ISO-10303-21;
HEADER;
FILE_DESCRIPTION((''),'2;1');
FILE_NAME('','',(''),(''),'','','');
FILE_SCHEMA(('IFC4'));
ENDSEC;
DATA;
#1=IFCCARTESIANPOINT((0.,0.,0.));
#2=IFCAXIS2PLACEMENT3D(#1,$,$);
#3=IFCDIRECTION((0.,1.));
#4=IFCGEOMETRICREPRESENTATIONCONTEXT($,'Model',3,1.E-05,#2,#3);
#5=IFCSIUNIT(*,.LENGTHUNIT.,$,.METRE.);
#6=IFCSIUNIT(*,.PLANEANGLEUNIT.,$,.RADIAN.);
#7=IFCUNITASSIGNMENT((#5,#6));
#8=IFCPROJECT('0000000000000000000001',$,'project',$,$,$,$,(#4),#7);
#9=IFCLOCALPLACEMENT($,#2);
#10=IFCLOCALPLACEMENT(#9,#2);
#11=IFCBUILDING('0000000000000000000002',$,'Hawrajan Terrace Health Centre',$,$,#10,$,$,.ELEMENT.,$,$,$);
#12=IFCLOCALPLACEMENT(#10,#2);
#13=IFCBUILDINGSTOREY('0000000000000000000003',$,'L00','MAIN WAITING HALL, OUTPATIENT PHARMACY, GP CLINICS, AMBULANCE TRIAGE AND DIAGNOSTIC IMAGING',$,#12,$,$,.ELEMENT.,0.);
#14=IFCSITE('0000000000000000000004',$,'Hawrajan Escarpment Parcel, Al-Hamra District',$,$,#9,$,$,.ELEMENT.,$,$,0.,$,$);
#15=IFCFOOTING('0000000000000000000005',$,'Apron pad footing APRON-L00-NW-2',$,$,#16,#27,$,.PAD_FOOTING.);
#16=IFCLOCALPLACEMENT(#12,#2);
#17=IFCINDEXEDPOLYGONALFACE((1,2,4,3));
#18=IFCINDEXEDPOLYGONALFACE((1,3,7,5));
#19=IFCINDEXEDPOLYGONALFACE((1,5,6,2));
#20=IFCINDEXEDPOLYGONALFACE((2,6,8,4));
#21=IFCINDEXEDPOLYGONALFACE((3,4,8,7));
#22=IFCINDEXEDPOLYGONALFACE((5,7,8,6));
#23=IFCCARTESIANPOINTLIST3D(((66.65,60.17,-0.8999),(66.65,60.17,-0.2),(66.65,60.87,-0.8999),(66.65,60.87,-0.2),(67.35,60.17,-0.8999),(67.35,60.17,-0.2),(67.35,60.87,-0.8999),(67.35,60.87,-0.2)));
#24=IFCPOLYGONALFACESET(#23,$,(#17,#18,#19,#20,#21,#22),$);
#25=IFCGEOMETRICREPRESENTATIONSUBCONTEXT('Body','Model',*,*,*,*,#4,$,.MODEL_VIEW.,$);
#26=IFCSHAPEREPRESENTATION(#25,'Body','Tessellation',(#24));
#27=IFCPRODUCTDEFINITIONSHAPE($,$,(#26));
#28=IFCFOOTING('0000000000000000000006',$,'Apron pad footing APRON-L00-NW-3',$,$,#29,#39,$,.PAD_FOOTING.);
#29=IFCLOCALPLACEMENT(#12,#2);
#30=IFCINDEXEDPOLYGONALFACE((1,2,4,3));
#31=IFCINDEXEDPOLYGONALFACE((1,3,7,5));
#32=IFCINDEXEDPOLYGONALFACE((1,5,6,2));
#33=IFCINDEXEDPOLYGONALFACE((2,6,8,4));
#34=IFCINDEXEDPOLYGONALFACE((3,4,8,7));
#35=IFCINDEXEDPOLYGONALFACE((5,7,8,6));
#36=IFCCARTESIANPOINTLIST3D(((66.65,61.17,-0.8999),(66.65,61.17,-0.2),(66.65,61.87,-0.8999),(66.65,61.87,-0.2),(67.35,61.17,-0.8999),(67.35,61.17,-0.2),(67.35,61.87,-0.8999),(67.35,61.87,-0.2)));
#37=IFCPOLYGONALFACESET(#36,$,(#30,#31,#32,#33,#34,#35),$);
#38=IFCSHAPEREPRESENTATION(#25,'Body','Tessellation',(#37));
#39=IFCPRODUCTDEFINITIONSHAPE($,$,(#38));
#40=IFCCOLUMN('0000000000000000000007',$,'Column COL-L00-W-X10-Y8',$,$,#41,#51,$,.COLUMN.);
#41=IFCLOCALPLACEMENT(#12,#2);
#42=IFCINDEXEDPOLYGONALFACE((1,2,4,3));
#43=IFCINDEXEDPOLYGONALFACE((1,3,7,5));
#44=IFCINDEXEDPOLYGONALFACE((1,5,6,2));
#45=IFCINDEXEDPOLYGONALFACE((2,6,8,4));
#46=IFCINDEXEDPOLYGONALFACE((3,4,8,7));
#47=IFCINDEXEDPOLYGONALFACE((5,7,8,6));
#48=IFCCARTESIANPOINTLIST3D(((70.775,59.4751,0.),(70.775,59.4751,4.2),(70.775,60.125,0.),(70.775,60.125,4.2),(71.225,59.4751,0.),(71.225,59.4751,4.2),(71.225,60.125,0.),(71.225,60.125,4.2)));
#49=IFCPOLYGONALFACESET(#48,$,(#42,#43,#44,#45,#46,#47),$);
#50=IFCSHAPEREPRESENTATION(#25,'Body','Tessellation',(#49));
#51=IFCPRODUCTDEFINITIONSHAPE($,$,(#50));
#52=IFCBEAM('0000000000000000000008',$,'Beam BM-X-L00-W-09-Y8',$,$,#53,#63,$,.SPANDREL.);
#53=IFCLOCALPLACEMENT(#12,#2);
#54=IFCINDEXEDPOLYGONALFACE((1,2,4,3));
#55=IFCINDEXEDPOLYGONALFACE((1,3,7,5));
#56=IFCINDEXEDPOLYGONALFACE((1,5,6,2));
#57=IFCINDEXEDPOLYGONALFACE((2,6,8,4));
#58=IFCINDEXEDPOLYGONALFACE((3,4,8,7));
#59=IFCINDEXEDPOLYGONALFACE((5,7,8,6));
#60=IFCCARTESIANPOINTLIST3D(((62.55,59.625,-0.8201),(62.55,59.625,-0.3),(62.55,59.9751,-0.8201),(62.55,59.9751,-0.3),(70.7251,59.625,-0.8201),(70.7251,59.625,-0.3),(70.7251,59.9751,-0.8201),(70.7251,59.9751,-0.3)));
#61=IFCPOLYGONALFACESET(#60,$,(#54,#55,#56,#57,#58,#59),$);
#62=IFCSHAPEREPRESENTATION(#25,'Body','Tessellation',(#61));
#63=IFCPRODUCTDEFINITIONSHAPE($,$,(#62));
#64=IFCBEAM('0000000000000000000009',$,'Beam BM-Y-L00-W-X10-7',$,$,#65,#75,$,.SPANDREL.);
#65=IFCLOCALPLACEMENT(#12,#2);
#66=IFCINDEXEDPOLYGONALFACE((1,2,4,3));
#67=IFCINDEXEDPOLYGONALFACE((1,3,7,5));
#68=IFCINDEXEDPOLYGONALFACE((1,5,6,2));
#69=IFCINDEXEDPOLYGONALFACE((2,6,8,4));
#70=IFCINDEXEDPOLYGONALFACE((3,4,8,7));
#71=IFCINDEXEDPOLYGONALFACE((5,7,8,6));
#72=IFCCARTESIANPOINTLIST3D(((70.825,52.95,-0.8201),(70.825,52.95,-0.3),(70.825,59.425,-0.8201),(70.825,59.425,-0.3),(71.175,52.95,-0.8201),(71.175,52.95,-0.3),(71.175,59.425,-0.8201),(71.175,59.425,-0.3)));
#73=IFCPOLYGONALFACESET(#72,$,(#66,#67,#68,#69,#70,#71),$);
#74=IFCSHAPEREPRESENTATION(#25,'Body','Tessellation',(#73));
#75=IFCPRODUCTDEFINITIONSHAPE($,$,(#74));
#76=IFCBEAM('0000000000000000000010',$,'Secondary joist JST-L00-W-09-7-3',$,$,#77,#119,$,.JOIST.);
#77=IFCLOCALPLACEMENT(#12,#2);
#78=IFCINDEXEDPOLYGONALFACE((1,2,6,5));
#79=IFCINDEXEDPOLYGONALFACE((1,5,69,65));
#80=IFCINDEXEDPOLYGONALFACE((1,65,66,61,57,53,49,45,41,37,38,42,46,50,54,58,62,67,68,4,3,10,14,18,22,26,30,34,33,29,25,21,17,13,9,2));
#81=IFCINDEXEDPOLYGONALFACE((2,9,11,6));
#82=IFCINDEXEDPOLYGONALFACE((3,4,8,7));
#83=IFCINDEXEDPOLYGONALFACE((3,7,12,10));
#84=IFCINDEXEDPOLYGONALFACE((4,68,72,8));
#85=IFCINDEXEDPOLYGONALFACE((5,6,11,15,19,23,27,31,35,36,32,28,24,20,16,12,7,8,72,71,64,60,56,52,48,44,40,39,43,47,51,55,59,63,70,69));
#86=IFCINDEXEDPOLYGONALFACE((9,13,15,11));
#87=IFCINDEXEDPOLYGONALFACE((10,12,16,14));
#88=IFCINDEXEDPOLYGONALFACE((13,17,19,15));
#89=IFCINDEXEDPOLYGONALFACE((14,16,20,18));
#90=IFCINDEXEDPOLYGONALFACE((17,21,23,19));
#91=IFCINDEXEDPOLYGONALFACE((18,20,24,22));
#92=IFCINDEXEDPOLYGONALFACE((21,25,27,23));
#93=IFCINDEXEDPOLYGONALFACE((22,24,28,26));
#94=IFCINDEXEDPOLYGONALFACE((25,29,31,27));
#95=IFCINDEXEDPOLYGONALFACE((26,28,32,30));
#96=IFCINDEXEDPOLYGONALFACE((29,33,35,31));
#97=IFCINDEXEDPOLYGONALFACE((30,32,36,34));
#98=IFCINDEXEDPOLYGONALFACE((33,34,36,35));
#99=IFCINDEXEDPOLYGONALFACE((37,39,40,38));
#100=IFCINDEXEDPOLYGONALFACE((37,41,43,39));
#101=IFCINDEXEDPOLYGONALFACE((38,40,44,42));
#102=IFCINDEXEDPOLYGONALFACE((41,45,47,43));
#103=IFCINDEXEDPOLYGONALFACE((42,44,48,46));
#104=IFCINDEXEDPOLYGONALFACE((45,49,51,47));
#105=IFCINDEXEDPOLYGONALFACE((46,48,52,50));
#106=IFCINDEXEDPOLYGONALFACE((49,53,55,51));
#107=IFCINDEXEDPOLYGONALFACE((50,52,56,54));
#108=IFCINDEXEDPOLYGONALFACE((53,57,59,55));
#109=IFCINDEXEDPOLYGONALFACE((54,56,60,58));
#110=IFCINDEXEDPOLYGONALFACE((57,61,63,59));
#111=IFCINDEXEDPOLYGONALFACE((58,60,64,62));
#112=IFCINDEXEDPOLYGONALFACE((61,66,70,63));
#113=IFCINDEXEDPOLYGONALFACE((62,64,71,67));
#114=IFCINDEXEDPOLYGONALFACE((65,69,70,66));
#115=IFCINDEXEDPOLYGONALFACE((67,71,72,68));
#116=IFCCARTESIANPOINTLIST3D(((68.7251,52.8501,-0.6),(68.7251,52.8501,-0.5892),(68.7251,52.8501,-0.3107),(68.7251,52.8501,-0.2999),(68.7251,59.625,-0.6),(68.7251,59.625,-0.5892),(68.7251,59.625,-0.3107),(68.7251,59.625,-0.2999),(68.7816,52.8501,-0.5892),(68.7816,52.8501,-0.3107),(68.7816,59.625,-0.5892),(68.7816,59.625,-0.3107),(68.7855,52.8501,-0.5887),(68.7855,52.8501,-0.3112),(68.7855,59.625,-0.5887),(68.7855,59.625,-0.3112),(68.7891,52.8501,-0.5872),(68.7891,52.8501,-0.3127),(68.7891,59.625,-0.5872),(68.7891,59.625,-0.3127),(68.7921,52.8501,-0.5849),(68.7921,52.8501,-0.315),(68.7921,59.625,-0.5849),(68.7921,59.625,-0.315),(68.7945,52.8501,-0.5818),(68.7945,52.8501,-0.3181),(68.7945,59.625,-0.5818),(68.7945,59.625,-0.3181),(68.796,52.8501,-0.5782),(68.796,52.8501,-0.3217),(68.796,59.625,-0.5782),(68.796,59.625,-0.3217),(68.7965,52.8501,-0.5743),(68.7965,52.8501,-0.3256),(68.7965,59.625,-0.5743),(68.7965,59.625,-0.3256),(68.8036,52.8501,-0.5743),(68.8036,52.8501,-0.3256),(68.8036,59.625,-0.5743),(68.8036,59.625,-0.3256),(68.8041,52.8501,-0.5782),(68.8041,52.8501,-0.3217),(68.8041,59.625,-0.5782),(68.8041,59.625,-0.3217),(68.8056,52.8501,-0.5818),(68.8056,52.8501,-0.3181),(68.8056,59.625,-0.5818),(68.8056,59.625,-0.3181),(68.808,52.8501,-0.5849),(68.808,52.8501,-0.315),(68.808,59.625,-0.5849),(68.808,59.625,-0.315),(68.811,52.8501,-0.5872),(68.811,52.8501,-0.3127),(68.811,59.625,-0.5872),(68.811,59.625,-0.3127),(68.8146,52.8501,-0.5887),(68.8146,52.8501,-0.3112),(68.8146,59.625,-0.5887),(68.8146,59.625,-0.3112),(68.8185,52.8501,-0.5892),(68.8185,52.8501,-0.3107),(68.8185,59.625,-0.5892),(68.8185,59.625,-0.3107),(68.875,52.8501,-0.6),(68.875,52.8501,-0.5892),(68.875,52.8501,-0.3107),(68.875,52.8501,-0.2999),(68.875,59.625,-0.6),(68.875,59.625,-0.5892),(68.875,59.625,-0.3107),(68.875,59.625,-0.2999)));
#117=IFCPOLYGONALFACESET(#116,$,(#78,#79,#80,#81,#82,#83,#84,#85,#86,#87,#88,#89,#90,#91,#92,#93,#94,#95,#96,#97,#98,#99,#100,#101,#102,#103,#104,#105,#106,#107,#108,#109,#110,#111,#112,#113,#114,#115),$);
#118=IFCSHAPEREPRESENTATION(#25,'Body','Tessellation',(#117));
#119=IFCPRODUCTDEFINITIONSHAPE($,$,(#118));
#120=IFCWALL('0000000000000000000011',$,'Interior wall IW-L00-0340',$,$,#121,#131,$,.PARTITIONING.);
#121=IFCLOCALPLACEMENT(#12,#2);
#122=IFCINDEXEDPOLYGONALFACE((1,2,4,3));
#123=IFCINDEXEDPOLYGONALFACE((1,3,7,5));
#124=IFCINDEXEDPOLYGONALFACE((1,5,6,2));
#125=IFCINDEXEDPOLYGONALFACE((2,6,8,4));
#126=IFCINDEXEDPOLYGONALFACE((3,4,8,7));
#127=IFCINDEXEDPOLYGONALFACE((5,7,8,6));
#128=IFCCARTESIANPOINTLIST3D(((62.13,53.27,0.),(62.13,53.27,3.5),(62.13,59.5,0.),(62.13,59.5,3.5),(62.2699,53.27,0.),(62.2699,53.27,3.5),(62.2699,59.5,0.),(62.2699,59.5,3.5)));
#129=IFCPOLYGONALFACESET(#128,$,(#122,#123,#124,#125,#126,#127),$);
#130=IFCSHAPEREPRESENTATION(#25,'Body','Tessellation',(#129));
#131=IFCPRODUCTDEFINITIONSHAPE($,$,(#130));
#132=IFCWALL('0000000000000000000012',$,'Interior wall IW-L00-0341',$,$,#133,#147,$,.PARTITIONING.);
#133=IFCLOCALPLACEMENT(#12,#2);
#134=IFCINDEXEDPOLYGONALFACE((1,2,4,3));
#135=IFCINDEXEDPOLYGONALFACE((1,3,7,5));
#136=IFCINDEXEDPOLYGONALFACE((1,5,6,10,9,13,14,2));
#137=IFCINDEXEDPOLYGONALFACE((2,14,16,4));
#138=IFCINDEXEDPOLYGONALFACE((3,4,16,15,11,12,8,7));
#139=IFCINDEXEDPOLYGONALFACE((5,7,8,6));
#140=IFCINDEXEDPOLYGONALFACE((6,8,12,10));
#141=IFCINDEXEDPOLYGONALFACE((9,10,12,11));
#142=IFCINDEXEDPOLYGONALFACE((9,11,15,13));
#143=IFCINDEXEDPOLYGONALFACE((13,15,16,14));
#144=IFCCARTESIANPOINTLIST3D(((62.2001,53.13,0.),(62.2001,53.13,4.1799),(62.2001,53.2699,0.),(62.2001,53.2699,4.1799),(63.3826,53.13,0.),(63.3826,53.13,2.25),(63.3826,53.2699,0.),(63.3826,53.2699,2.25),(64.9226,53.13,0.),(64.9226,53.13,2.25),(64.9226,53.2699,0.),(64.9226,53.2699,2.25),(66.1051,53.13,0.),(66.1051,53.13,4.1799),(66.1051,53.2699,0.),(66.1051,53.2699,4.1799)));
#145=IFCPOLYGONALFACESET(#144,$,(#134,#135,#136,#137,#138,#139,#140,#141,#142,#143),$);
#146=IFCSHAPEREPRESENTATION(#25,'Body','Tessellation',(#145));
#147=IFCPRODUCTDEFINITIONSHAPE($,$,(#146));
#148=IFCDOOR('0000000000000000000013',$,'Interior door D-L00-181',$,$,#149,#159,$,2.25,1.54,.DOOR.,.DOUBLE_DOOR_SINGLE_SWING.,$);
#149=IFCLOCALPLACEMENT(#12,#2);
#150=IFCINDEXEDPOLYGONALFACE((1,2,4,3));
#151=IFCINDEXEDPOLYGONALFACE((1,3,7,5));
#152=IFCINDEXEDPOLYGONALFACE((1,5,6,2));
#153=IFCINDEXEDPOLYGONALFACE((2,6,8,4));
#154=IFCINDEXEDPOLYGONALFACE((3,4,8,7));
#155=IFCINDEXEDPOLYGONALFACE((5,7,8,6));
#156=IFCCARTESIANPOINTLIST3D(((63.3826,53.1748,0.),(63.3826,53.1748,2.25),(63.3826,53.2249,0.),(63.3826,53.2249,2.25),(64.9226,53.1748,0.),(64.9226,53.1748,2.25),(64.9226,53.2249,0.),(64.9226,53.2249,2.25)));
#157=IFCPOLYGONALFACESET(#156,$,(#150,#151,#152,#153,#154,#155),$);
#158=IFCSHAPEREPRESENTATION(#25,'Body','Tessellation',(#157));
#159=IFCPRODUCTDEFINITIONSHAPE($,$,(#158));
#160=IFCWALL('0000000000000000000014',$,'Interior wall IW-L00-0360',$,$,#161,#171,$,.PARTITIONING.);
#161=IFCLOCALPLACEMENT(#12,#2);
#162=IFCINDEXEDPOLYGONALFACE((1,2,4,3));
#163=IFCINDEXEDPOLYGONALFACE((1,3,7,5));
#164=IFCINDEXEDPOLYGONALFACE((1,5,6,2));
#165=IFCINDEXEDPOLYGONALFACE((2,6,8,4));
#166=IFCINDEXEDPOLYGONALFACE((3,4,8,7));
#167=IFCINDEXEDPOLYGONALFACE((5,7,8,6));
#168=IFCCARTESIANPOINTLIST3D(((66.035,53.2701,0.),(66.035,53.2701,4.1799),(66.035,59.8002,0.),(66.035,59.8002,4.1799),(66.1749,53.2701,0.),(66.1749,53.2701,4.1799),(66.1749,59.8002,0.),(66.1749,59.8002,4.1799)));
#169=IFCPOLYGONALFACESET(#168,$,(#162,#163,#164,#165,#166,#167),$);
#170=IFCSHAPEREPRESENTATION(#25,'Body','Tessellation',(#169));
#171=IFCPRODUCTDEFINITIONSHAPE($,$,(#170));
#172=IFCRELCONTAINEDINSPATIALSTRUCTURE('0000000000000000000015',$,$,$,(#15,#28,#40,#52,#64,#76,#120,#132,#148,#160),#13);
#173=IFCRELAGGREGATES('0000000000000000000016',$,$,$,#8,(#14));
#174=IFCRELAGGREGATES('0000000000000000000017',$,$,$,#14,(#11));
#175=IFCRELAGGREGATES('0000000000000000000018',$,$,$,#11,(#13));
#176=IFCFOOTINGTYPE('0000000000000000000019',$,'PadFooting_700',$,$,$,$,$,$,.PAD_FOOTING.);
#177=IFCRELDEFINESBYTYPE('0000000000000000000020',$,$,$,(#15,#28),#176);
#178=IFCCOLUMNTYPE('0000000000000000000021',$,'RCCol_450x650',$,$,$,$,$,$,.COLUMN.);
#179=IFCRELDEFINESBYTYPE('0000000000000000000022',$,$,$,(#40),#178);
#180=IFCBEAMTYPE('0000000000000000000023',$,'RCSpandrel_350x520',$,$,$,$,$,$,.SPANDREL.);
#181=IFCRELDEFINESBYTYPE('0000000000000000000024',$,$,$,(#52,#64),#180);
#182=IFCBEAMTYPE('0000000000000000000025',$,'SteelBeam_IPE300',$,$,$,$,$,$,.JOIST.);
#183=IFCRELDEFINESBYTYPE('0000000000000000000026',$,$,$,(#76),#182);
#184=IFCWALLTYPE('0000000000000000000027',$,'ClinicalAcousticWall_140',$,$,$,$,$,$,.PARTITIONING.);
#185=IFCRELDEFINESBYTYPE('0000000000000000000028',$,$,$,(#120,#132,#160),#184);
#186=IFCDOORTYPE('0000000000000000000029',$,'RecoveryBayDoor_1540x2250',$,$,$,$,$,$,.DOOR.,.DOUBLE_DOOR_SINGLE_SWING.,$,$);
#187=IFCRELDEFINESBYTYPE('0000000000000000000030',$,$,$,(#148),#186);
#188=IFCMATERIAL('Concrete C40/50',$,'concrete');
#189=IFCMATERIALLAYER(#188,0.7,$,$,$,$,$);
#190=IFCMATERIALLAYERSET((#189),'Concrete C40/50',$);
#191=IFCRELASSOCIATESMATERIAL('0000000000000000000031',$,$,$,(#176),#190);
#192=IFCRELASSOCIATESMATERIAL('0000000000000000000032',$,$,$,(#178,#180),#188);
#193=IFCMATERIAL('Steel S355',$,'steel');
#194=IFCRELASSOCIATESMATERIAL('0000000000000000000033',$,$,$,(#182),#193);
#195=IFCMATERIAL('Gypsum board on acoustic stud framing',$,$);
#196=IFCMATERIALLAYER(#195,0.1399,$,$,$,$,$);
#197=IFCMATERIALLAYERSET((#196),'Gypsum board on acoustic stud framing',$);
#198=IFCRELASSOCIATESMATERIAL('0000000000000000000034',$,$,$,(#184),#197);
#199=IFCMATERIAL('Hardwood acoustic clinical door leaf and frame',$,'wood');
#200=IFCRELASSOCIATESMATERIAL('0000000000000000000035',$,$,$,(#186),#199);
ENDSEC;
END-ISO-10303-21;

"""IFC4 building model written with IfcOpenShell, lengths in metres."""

from ifc_helpers import new_model, si_unit, direction, frame, frame_2d, origin, origin_2d, place, context, subcontext, project, spatial, rectangle, i_section, extrude, material, layer, layer_set, material_profile, profile_set, type_object, element, fill, save


model = new_model("IFC4")

# Units and contexts
model_context = context("Model", 3, precision=1e-05, world=origin(), true_north=direction((0.0, 1.0)))
body_context = subcontext(model_context, "Body", "Model", "MODEL_VIEW")
ifc_project = project(units=[si_unit("LENGTHUNIT", "METRE"), si_unit("PLANEANGLEUNIT", "RADIAN")], contexts=[model_context])

# Site, building, storey
site_placement = place(None, origin())
site = spatial("IfcSite", under=ifc_project, at=site_placement, Name="Hawrajan Escarpment Parcel, Al-Hamra District", CompositionType="ELEMENT", RefElevation=0.0)
building_placement = place(site_placement, origin())
building = spatial("IfcBuilding", under=site, at=building_placement, Name="Hawrajan Terrace Health Centre", CompositionType="ELEMENT")
storey_placement = place(building_placement, origin())
storey = spatial("IfcBuildingStorey", under=building, at=storey_placement, Name="L00", Description="MAIN WAITING HALL, OUTPATIENT PHARMACY, GP CLINICS, AMBULANCE TRIAGE AND DIAGNOSTIC IMAGING", CompositionType="ELEMENT", Elevation=0.0)

# Footings
ifc_material_1 = material(Name="Concrete C40/50", Category="concrete")
ifc_layer_1 = layer(ifc_material_1, 0.7)
ifc_layer_set_1 = layer_set([ifc_layer_1], Name="Concrete C40/50")
footing_type = type_object("IfcFootingType", Name="PadFooting_700", PredefinedType="PAD_FOOTING", material=ifc_layer_set_1)
for number, where, z_axis, x_axis, name in (
    (1, (67.0, 60.52, -0.8999), (0.0, 0.0, 1.0), (1.0, 0.0, 0.0), "Apron pad footing APRON-L00-NW-2"),
    (2, (67.0, 61.52, -0.8999), (0.0, 0.0, 1.0), (1.0, 0.0, 0.0), "Apron pad footing APRON-L00-NW-3"),
):
    element("IfcFooting", number, at=place(storey_placement, frame(where, z_axis=z_axis, x_axis=x_axis)), inside=storey, type_object=footing_type, Name=name, PredefinedType="PAD_FOOTING", context=body_context, shape_type="SweptSolid", body=[
        extrude(rectangle(XDim=0.7, YDim=0.7, at=origin_2d()), origin(), (0.0, 0.0, 1.0), 0.7),
    ])

# Column
ifc_material_profile_1 = material_profile(ifc_material_1, rectangle(XDim=0.45, YDim=0.6499, at=origin_2d()), Name="RC 450x650")
ifc_profile_set_1 = profile_set([ifc_material_profile_1], Name="Concrete C40/50")
column_type = type_object("IfcColumnType", Name="RCCol_450x650", PredefinedType="COLUMN", material=ifc_profile_set_1)
column_placement = place(storey_placement, frame((71.0, 59.8, 0.0), z_axis=(0.0, 0.0, 1.0), x_axis=(1.0, 0.0, 0.0)))
element("IfcColumn", 3, at=column_placement, inside=storey, type_object=column_type, Name="Column COL-L00-W-X10-Y8", PredefinedType="COLUMN", context=body_context, shape_type="SweptSolid", body=[
    extrude(rectangle(XDim=0.45, YDim=0.6499, at=origin_2d()), origin(), (0.0, 0.0, 1.0), 4.2),
])

# Beams
ifc_material_profile_2 = material_profile(ifc_material_1, rectangle(XDim=0.3501, YDim=0.52, at=origin_2d()), Name="RC SP 350x520")
ifc_profile_set_2 = profile_set([ifc_material_profile_2], Name="Concrete C40/50")
beam_type_1 = type_object("IfcBeamType", Name="RCSpandrel_350x520", PredefinedType="SPANDREL", material=ifc_profile_set_2)
beam_1_placement = place(storey_placement, frame((62.55, 59.8, -0.5601), z_axis=(1.0, 0.0, 0.0), x_axis=(0.0, 1.0, 0.0)))
element("IfcBeam", 4, at=beam_1_placement, inside=storey, type_object=beam_type_1, Name="Beam BM-X-L00-W-09-Y8", PredefinedType="SPANDREL", context=body_context, shape_type="SweptSolid", body=[
    extrude(rectangle(XDim=0.3501, YDim=0.52, at=origin_2d()), origin(), (0.0, 0.0, 1.0), 8.175),
])
beam_2_placement = place(storey_placement, frame((71.0, 52.95, -0.5601), z_axis=(0.0, 1.0, 0.0), x_axis=(-1.0, 0.0, 0.0)))
element("IfcBeam", 5, at=beam_2_placement, inside=storey, type_object=beam_type_1, Name="Beam BM-Y-L00-W-X10-7", PredefinedType="SPANDREL", context=body_context, shape_type="SweptSolid", body=[
    extrude(rectangle(XDim=0.3501, YDim=0.52, at=origin_2d()), origin(), (0.0, 0.0, 1.0), 6.4751),
])
ifc_material_2 = material(Name="Steel S355", Category="steel")
ifc_material_profile_3 = material_profile(ifc_material_2, i_section(OverallWidth=0.1499, OverallDepth=0.3, WebThickness=0.0071, FlangeThickness=0.0107, FilletRadius=0.0149, at=origin_2d()), Name="IPE 300")
ifc_profile_set_3 = profile_set([ifc_material_profile_3], Name="Steel S355")
beam_type_2 = type_object("IfcBeamType", Name="SteelBeam_IPE300", PredefinedType="JOIST", material=ifc_profile_set_3)
beam_3_placement = place(storey_placement, frame((68.8, 52.8501, -0.45), z_axis=(0.0, 1.0, 0.0), x_axis=(-1.0, 0.0, 0.0)))
element("IfcBeam", 6, at=beam_3_placement, inside=storey, type_object=beam_type_2, Name="Secondary joist JST-L00-W-09-7-3", PredefinedType="JOIST", context=body_context, shape_type="SweptSolid", body=[
    extrude(i_section(OverallWidth=0.1499, OverallDepth=0.3, WebThickness=0.0071, FlangeThickness=0.0107, FilletRadius=0.0149, at=origin_2d()), origin(), (0.0, 0.0, 1.0), 6.7749),
])

# Wall
ifc_material_3 = material(Name="Gypsum board on acoustic stud framing")
ifc_layer_2 = layer(ifc_material_3, 0.1399)
ifc_layer_set_2 = layer_set([ifc_layer_2], Name="Gypsum board on acoustic stud framing")
wall_type_1 = type_object("IfcWallType", Name="ClinicalAcousticWall_140", PredefinedType="PARTITIONING", material=ifc_layer_set_2)
wall_1_placement = place(storey_placement, frame((62.2, 53.27, 0.0), z_axis=(0.0, 0.0, 1.0), x_axis=(0.0, 1.0, 0.0)))
element("IfcWall", 7, at=wall_1_placement, inside=storey, type_object=wall_type_1, Name="Interior wall IW-L00-0340", PredefinedType="PARTITIONING", context=body_context, shape_type="SweptSolid", body=[
    extrude(rectangle(XDim=6.23, YDim=0.1399, at=frame_2d((3.115, 0.0))), origin(), (0.0, 0.0, 1.0), 3.5),
])

# Wall, opening, door
wall_2_placement = place(storey_placement, frame((62.2, 53.2, 0.0), z_axis=(0.0, 0.0, 1.0), x_axis=(1.0, 0.0, 0.0)))
wall_2 = element("IfcWall", 8, at=wall_2_placement, inside=storey, type_object=wall_type_1, Name="Interior wall IW-L00-0341", PredefinedType="PARTITIONING", context=body_context, shape_type="SweptSolid", body=[
    extrude(rectangle(XDim=3.905, YDim=0.1399, at=frame_2d((1.9526, 0.0))), origin(), (0.0, 0.0, 1.0), 4.1799),
])
opening_1_placement = place(wall_2_placement, frame((1.1826, 0.0, 0.0)))
opening_1 = element("IfcOpeningElement", 9, at=opening_1_placement, cuts=wall_2, PredefinedType="OPENING", context=body_context, shape_type="SweptSolid", body=[
    extrude(rectangle(XDim=1.54, YDim=2.25, at=frame_2d((0.77, 1.125))), frame((0.0, 0.0798, 0.0), z_axis=(0.0, -1.0, 0.0), x_axis=(1.0, 0.0, 0.0)), (0.0, 0.0, 1.0), 0.1599),
])
ifc_material_4 = material(Name="Hardwood acoustic clinical door leaf and frame", Category="wood")
door_type_1 = type_object("IfcDoorType", Name="RecoveryBayDoor_1540x2250", OperationType="DOUBLE_DOOR_SINGLE_SWING", PredefinedType="DOOR", material=ifc_material_4)
door_1_placement = place(opening_1_placement, origin())
door_1 = element("IfcDoor", 10, at=door_1_placement, inside=storey, type_object=door_type_1, Name="Interior door D-L00-181", OperationType="DOUBLE_DOOR_SINGLE_SWING", OverallHeight=2.25, OverallWidth=1.54, PredefinedType="DOOR", context=body_context, shape_type="SweptSolid", body=[
    extrude(rectangle(XDim=1.54, YDim=2.25, at=frame_2d((0.77, 1.125))), frame((0.0, 0.0249, 0.0), z_axis=(0.0, -1.0, 0.0), x_axis=(1.0, 0.0, 0.0)), (0.0, 0.0, 1.0), 0.05),
])
fill(opening_1, door_1)

# Wall
wall_3_placement = place(storey_placement, frame((66.105, 53.27, 0.0), z_axis=(0.0, 0.0, 1.0), x_axis=(0.0, 1.0, 0.0)))
element("IfcWall", 11, at=wall_3_placement, inside=storey, type_object=wall_type_1, Name="Interior wall IW-L00-0360", PredefinedType="PARTITIONING", context=body_context, shape_type="SweptSolid", body=[
    extrude(rectangle(XDim=6.53, YDim=0.1399, at=frame_2d((3.2651, 0.0))), origin(), (0.0, 0.0, 1.0), 4.1799),
])

save(model, "model.ifc")
